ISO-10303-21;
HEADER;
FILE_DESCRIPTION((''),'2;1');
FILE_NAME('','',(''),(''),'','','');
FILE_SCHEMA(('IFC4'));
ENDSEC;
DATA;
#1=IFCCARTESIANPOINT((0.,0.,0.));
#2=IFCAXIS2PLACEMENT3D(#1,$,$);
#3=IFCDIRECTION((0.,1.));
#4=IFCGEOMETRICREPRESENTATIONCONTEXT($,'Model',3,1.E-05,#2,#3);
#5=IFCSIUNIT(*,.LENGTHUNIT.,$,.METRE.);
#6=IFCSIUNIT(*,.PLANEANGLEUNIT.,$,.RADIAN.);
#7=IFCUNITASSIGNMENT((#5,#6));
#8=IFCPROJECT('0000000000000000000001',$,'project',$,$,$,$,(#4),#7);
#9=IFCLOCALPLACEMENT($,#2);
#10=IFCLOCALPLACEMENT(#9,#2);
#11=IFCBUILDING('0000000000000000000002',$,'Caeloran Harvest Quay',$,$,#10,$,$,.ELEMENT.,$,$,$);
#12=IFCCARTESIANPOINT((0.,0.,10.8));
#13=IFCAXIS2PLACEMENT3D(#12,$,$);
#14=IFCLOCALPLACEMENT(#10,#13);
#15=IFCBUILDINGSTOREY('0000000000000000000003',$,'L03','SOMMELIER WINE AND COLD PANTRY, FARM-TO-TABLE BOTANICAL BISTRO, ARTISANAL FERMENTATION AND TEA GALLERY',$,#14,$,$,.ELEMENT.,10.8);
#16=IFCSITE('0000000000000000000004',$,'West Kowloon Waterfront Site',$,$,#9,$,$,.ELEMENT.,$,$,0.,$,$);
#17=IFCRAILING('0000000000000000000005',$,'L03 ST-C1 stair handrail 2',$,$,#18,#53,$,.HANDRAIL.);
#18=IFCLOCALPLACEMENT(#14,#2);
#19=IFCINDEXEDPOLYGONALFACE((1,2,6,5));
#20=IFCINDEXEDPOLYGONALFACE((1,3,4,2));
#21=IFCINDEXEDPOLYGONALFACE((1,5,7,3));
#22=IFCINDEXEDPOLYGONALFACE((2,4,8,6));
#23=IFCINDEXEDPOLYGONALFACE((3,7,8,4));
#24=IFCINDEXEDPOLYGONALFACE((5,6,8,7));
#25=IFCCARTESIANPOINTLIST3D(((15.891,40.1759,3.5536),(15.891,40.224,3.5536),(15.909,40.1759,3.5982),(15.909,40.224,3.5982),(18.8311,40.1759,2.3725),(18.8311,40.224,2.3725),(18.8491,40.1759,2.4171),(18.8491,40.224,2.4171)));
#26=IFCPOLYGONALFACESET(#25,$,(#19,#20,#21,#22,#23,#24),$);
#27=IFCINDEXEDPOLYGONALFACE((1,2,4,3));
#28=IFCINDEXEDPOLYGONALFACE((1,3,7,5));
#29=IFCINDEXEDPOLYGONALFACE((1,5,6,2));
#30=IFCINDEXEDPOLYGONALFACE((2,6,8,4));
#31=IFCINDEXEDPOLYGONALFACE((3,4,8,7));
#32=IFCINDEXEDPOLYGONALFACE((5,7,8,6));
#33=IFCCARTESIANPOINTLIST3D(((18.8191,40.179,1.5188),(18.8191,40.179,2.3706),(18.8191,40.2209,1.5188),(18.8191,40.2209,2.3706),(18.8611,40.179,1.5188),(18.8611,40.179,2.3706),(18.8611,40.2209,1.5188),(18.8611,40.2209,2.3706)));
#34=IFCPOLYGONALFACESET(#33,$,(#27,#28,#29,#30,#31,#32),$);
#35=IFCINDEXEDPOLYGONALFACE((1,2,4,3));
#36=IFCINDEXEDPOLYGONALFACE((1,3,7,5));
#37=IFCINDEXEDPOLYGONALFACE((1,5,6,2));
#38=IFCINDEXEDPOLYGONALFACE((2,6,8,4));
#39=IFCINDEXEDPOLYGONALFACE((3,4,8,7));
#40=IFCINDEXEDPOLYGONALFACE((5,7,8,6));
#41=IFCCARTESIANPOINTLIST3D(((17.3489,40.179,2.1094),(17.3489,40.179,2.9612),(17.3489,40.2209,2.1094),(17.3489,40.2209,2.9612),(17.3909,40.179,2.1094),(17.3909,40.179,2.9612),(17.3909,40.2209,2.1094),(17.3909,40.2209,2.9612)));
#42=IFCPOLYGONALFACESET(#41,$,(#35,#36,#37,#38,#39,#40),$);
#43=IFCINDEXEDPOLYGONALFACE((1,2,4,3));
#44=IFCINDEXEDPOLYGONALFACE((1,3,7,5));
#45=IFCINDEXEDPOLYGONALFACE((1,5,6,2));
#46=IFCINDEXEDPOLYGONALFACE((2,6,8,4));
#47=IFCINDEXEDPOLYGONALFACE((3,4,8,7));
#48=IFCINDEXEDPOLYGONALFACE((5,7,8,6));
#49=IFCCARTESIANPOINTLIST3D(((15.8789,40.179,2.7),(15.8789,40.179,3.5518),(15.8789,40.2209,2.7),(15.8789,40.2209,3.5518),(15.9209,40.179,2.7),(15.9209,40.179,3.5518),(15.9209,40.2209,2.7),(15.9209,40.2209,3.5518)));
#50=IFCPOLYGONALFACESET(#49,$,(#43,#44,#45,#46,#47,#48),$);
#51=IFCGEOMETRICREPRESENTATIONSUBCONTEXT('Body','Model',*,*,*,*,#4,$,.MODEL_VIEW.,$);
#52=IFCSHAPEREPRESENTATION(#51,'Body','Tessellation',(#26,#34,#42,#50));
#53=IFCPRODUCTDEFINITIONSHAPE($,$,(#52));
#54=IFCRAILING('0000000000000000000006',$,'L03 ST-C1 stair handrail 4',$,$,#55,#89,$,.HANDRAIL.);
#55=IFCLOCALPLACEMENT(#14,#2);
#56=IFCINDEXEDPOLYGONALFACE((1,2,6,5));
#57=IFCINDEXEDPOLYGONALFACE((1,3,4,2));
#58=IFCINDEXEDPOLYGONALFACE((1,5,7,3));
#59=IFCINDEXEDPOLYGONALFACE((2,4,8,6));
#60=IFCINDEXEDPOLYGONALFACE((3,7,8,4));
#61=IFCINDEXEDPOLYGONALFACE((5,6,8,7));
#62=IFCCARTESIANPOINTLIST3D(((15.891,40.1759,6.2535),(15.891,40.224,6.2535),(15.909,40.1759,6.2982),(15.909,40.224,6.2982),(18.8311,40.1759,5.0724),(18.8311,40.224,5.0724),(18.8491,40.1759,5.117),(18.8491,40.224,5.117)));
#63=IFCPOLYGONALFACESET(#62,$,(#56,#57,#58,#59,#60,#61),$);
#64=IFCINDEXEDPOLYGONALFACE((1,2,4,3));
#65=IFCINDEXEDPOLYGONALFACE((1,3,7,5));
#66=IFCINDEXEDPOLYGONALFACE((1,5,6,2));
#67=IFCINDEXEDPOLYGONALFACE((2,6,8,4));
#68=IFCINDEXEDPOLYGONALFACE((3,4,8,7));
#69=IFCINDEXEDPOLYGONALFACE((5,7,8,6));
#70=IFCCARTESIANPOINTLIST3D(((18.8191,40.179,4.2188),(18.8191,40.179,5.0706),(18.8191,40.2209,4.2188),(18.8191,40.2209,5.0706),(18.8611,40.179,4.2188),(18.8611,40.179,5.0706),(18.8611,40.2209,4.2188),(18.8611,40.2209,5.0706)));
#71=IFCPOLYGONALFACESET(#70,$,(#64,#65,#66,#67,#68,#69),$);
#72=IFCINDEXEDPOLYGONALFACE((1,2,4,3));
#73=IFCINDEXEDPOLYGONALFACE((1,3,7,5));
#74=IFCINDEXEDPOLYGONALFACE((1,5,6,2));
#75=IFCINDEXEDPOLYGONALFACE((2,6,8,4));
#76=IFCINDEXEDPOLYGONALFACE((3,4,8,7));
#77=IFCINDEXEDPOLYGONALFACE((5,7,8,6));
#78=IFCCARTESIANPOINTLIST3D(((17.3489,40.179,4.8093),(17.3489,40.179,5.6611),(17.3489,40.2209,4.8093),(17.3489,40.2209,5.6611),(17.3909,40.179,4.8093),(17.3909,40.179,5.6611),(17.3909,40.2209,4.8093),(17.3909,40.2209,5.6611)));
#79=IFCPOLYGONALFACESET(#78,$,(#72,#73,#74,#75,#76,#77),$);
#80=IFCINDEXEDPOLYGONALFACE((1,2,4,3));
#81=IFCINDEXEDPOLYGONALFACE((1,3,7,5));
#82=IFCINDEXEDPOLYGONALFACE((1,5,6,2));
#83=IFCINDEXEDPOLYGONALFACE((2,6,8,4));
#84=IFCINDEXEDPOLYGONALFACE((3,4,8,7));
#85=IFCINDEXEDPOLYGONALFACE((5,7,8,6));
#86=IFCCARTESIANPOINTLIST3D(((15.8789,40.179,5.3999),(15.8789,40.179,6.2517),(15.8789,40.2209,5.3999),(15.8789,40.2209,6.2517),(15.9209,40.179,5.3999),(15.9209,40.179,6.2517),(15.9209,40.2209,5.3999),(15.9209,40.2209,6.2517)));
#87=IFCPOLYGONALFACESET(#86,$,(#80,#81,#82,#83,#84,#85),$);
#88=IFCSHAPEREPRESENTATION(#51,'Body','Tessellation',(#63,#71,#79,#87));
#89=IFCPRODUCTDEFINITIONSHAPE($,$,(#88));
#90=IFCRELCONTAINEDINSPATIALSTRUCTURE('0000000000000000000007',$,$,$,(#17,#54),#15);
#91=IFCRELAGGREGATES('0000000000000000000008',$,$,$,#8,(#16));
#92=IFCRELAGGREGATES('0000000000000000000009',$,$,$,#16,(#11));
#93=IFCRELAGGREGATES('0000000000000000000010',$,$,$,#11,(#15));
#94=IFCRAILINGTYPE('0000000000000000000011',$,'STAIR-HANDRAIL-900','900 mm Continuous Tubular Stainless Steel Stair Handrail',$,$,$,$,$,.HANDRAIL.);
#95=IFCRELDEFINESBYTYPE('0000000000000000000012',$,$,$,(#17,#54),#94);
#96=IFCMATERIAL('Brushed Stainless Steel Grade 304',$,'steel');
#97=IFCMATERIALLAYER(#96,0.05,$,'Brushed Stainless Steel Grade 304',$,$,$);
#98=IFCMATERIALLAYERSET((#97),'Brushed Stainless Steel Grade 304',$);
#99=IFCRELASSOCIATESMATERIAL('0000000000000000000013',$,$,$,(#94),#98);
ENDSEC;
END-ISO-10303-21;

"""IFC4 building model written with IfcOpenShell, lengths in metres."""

from ifc_helpers import new_model, si_unit, direction, frame, origin, origin_2d, place, context, subcontext, project, spatial, rectangle, extrude, material, layer, layer_set, type_object, element, save


model = new_model("IFC4")

# Units and contexts
model_context = context("Model", 3, precision=1e-05, world=origin(), true_north=direction((0.0, 1.0)))
body_context = subcontext(model_context, "Body", "Model", "MODEL_VIEW")
ifc_project = project(units=[si_unit("LENGTHUNIT", "METRE"), si_unit("PLANEANGLEUNIT", "RADIAN")], contexts=[model_context])

# Site, building, storey
site_placement = place(None, origin())
site = spatial("IfcSite", under=ifc_project, at=site_placement, Name="West Kowloon Waterfront Site", CompositionType="ELEMENT", RefElevation=0.0)
building_placement = place(site_placement, origin())
building = spatial("IfcBuilding", under=site, at=building_placement, Name="Caeloran Harvest Quay", CompositionType="ELEMENT")
storey_placement = place(building_placement, frame((0.0, 0.0, 10.8)))
storey = spatial("IfcBuildingStorey", under=building, at=storey_placement, Name="L03", Description="SOMMELIER WINE AND COLD PANTRY, FARM-TO-TABLE BOTANICAL BISTRO, ARTISANAL FERMENTATION AND TEA GALLERY", CompositionType="ELEMENT", Elevation=10.8)

# Railings
ifc_material_1 = material(Name="Brushed Stainless Steel Grade 304", Category="steel")
ifc_layer_1 = layer(ifc_material_1, 0.05, Name="Brushed Stainless Steel Grade 304")
ifc_layer_set_1 = layer_set([ifc_layer_1], Name="Brushed Stainless Steel Grade 304")
railing_type = type_object("IfcRailingType", Name="STAIR-HANDRAIL-900", Description="900 mm Continuous Tubular Stainless Steel Stair Handrail", PredefinedType="HANDRAIL", material=ifc_layer_set_1)
for number, where, name in (
    (1, (18.8401, 40.2, 1.5188), "L03 ST-C1 stair handrail 2"),
    (2, (18.8401, 40.2, 4.2188), "L03 ST-C1 stair handrail 4"),
):
    element("IfcRailing", number, at=place(storey_placement, frame(where)), inside=storey, type_object=railing_type, Name=name, PredefinedType="HANDRAIL", context=body_context, shape_type="SweptSolid", body=[
        extrude(rectangle(XDim=0.0481, YDim=0.0481, at=origin_2d()), frame((0.0, 0.0, 0.876), z_axis=(-0.927923, 0.0, 0.372772), x_axis=(0.0, -1.0, 0.0)), (0.0, 0.0, 1.0), 3.1685),
        extrude(rectangle(XDim=0.042, YDim=0.042, at=origin_2d()), origin(), (0.0, 0.0, 1.0), 0.8518),
        extrude(rectangle(XDim=0.042, YDim=0.042, at=origin_2d()), frame((-1.4702, 0.0, 0.5906)), (0.0, 0.0, 1.0), 0.8518),
        extrude(rectangle(XDim=0.042, YDim=0.042, at=origin_2d()), frame((-2.9402, 0.0, 1.1812)), (0.0, 0.0, 1.0), 0.8518),
    ])

save(model, "model.ifc")
